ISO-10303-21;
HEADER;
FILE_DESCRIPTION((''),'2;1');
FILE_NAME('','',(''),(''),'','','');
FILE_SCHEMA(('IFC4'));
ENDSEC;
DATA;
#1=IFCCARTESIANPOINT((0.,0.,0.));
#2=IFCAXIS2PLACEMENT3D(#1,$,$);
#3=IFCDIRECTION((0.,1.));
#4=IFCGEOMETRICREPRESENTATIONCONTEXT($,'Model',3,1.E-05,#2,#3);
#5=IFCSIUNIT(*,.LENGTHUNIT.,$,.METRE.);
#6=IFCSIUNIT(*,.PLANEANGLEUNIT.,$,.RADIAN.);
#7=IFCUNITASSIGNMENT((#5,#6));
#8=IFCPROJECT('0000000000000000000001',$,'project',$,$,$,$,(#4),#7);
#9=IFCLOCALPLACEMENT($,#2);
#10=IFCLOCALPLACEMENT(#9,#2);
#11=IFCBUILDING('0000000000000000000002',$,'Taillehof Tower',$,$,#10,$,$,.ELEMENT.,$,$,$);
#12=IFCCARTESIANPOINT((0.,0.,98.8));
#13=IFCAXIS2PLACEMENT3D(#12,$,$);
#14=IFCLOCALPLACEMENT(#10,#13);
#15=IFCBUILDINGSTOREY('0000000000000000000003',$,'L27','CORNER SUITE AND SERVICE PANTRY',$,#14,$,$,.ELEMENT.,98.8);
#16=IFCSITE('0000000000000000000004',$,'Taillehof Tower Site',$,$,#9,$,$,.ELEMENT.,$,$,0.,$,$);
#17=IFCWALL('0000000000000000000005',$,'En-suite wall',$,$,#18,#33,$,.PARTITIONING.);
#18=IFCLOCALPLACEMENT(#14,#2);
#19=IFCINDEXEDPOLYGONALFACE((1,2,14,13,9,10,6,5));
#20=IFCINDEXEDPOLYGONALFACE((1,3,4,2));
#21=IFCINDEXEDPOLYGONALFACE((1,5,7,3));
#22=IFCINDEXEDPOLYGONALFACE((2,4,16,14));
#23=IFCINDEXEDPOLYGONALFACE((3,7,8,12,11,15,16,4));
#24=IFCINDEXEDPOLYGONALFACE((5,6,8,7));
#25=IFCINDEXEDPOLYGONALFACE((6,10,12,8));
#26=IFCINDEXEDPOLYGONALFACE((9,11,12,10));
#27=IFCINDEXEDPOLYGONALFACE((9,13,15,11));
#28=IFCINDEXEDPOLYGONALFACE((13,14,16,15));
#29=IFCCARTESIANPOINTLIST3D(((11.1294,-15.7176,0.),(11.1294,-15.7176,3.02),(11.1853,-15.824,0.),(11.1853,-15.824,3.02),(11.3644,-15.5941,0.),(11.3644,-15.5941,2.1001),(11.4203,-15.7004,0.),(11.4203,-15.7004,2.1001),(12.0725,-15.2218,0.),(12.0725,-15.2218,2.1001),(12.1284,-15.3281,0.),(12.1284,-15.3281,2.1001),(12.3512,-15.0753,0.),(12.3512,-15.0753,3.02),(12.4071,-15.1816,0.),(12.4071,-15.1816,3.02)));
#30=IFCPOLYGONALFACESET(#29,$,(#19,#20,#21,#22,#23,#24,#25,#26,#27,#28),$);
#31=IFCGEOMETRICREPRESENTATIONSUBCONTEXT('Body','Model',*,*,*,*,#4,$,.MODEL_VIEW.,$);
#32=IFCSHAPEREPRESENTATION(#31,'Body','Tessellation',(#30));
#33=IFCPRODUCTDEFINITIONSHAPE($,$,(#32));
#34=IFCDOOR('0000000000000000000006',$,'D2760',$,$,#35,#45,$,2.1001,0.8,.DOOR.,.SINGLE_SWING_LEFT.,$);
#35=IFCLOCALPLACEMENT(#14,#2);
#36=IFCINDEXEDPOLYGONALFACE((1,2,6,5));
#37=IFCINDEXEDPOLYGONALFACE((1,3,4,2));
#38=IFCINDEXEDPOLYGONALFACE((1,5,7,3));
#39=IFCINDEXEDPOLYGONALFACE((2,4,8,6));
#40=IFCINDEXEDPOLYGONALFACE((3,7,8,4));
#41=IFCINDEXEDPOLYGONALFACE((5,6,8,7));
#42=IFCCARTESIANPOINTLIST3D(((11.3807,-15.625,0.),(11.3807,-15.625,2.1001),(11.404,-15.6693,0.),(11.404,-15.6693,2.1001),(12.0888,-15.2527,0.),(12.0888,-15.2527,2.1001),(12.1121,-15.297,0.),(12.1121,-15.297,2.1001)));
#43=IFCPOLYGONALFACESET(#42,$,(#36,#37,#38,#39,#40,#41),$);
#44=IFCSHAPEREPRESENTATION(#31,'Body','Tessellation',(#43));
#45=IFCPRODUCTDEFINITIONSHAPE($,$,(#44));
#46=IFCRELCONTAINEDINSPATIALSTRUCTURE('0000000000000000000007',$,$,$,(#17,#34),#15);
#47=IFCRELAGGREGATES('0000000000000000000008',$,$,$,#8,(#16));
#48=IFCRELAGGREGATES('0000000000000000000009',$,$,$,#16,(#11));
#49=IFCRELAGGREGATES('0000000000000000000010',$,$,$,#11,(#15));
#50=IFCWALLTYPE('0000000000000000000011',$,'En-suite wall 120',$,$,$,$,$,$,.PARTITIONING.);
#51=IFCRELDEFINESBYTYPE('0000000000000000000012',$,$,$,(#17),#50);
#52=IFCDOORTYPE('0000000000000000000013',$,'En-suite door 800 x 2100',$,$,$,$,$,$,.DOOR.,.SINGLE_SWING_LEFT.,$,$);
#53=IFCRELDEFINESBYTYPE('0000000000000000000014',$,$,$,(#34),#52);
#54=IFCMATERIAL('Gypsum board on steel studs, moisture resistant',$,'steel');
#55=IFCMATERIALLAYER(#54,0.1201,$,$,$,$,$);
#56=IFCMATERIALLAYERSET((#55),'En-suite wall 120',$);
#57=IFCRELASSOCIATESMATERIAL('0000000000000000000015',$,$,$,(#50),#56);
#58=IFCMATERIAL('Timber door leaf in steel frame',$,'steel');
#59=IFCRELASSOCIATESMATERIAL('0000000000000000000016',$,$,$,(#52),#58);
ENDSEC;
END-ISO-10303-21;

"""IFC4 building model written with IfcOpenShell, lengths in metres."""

from ifc_helpers import new_model, si_unit, direction, frame, frame_2d, origin, place, context, subcontext, project, spatial, rectangle, extrude, material, layer, layer_set, type_object, element, fill, save


model = new_model("IFC4")

# Units and contexts
model_context = context("Model", 3, precision=1e-05, world=origin(), true_north=direction((0.0, 1.0)))
body_context = subcontext(model_context, "Body", "Model", "MODEL_VIEW")
ifc_project = project(units=[si_unit("LENGTHUNIT", "METRE"), si_unit("PLANEANGLEUNIT", "RADIAN")], contexts=[model_context])

# Site, building, storey
site_placement = place(None, origin())
site = spatial("IfcSite", under=ifc_project, at=site_placement, Name="Taillehof Tower Site", CompositionType="ELEMENT", RefElevation=0.0)
building_placement = place(site_placement, origin())
building = spatial("IfcBuilding", under=site, at=building_placement, Name="Taillehof Tower", CompositionType="ELEMENT")
storey_placement = place(building_placement, frame((0.0, 0.0, 98.8)))
storey = spatial("IfcBuildingStorey", under=building, at=storey_placement, Name="L27", Description="CORNER SUITE AND SERVICE PANTRY", CompositionType="ELEMENT", Elevation=98.8)

# Shared definitions
ifc_material_1 = material(Name="Gypsum board on steel studs, moisture resistant", Category="steel")
ifc_layer_1 = layer(ifc_material_1, 0.1201)
ifc_layer_set_1 = layer_set([ifc_layer_1], Name="En-suite wall 120")
wall_type_1 = type_object("IfcWallType", Name="En-suite wall 120", PredefinedType="PARTITIONING", material=ifc_layer_set_1)

# Wall, opening, door
wall_1_placement = place(storey_placement, frame((12.3792, -15.1284, 0.0), z_axis=(0.0, 0.0, 1.0), x_axis=(-0.885114, -0.465375, 0.0)))
wall_1 = element("IfcWall", 1, at=wall_1_placement, inside=storey, type_object=wall_type_1, Name="En-suite wall", PredefinedType="PARTITIONING", context=body_context, shape_type="SweptSolid", body=[
    extrude(rectangle(XDim=1.3804, YDim=0.1201, at=frame_2d((0.6902, 0.0))), origin(), (0.0, 0.0, 1.0), 3.02),
])
opening_1_placement = place(wall_1_placement, frame((0.3149, 0.0, 0.0)))
opening_1 = element("IfcOpeningElement", 2, at=opening_1_placement, cuts=wall_1, PredefinedType="OPENING", context=body_context, shape_type="SweptSolid", body=[
    extrude(rectangle(XDim=0.8, YDim=2.1001, at=frame_2d((0.3999, 1.05))), frame((0.0, 0.0701, 0.0), z_axis=(0.0, -1.0, 0.0), x_axis=(1.0, 0.0, 0.0)), (0.0, 0.0, 1.0), 0.1401),
])
ifc_material_2 = material(Name="Timber door leaf in steel frame", Category="steel")
door_type_1 = type_object("IfcDoorType", Name="En-suite door 800 x 2100", OperationType="SINGLE_SWING_LEFT", PredefinedType="DOOR", material=ifc_material_2)
door_1_placement = place(opening_1_placement, origin())
door_1 = element("IfcDoor", 3, at=door_1_placement, inside=storey, type_object=door_type_1, Name="D2760", OperationType="SINGLE_SWING_LEFT", OverallHeight=2.1001, OverallWidth=0.8, PredefinedType="DOOR", context=body_context, shape_type="SweptSolid", body=[
    extrude(rectangle(XDim=0.8, YDim=2.1001, at=frame_2d((0.3999, 1.05))), frame((0.0, 0.0249, 0.0), z_axis=(0.0, -1.0, 0.0), x_axis=(1.0, 0.0, 0.0)), (0.0, 0.0, 1.0), 0.05),
])
fill(opening_1, door_1)

save(model, "model.ifc")
